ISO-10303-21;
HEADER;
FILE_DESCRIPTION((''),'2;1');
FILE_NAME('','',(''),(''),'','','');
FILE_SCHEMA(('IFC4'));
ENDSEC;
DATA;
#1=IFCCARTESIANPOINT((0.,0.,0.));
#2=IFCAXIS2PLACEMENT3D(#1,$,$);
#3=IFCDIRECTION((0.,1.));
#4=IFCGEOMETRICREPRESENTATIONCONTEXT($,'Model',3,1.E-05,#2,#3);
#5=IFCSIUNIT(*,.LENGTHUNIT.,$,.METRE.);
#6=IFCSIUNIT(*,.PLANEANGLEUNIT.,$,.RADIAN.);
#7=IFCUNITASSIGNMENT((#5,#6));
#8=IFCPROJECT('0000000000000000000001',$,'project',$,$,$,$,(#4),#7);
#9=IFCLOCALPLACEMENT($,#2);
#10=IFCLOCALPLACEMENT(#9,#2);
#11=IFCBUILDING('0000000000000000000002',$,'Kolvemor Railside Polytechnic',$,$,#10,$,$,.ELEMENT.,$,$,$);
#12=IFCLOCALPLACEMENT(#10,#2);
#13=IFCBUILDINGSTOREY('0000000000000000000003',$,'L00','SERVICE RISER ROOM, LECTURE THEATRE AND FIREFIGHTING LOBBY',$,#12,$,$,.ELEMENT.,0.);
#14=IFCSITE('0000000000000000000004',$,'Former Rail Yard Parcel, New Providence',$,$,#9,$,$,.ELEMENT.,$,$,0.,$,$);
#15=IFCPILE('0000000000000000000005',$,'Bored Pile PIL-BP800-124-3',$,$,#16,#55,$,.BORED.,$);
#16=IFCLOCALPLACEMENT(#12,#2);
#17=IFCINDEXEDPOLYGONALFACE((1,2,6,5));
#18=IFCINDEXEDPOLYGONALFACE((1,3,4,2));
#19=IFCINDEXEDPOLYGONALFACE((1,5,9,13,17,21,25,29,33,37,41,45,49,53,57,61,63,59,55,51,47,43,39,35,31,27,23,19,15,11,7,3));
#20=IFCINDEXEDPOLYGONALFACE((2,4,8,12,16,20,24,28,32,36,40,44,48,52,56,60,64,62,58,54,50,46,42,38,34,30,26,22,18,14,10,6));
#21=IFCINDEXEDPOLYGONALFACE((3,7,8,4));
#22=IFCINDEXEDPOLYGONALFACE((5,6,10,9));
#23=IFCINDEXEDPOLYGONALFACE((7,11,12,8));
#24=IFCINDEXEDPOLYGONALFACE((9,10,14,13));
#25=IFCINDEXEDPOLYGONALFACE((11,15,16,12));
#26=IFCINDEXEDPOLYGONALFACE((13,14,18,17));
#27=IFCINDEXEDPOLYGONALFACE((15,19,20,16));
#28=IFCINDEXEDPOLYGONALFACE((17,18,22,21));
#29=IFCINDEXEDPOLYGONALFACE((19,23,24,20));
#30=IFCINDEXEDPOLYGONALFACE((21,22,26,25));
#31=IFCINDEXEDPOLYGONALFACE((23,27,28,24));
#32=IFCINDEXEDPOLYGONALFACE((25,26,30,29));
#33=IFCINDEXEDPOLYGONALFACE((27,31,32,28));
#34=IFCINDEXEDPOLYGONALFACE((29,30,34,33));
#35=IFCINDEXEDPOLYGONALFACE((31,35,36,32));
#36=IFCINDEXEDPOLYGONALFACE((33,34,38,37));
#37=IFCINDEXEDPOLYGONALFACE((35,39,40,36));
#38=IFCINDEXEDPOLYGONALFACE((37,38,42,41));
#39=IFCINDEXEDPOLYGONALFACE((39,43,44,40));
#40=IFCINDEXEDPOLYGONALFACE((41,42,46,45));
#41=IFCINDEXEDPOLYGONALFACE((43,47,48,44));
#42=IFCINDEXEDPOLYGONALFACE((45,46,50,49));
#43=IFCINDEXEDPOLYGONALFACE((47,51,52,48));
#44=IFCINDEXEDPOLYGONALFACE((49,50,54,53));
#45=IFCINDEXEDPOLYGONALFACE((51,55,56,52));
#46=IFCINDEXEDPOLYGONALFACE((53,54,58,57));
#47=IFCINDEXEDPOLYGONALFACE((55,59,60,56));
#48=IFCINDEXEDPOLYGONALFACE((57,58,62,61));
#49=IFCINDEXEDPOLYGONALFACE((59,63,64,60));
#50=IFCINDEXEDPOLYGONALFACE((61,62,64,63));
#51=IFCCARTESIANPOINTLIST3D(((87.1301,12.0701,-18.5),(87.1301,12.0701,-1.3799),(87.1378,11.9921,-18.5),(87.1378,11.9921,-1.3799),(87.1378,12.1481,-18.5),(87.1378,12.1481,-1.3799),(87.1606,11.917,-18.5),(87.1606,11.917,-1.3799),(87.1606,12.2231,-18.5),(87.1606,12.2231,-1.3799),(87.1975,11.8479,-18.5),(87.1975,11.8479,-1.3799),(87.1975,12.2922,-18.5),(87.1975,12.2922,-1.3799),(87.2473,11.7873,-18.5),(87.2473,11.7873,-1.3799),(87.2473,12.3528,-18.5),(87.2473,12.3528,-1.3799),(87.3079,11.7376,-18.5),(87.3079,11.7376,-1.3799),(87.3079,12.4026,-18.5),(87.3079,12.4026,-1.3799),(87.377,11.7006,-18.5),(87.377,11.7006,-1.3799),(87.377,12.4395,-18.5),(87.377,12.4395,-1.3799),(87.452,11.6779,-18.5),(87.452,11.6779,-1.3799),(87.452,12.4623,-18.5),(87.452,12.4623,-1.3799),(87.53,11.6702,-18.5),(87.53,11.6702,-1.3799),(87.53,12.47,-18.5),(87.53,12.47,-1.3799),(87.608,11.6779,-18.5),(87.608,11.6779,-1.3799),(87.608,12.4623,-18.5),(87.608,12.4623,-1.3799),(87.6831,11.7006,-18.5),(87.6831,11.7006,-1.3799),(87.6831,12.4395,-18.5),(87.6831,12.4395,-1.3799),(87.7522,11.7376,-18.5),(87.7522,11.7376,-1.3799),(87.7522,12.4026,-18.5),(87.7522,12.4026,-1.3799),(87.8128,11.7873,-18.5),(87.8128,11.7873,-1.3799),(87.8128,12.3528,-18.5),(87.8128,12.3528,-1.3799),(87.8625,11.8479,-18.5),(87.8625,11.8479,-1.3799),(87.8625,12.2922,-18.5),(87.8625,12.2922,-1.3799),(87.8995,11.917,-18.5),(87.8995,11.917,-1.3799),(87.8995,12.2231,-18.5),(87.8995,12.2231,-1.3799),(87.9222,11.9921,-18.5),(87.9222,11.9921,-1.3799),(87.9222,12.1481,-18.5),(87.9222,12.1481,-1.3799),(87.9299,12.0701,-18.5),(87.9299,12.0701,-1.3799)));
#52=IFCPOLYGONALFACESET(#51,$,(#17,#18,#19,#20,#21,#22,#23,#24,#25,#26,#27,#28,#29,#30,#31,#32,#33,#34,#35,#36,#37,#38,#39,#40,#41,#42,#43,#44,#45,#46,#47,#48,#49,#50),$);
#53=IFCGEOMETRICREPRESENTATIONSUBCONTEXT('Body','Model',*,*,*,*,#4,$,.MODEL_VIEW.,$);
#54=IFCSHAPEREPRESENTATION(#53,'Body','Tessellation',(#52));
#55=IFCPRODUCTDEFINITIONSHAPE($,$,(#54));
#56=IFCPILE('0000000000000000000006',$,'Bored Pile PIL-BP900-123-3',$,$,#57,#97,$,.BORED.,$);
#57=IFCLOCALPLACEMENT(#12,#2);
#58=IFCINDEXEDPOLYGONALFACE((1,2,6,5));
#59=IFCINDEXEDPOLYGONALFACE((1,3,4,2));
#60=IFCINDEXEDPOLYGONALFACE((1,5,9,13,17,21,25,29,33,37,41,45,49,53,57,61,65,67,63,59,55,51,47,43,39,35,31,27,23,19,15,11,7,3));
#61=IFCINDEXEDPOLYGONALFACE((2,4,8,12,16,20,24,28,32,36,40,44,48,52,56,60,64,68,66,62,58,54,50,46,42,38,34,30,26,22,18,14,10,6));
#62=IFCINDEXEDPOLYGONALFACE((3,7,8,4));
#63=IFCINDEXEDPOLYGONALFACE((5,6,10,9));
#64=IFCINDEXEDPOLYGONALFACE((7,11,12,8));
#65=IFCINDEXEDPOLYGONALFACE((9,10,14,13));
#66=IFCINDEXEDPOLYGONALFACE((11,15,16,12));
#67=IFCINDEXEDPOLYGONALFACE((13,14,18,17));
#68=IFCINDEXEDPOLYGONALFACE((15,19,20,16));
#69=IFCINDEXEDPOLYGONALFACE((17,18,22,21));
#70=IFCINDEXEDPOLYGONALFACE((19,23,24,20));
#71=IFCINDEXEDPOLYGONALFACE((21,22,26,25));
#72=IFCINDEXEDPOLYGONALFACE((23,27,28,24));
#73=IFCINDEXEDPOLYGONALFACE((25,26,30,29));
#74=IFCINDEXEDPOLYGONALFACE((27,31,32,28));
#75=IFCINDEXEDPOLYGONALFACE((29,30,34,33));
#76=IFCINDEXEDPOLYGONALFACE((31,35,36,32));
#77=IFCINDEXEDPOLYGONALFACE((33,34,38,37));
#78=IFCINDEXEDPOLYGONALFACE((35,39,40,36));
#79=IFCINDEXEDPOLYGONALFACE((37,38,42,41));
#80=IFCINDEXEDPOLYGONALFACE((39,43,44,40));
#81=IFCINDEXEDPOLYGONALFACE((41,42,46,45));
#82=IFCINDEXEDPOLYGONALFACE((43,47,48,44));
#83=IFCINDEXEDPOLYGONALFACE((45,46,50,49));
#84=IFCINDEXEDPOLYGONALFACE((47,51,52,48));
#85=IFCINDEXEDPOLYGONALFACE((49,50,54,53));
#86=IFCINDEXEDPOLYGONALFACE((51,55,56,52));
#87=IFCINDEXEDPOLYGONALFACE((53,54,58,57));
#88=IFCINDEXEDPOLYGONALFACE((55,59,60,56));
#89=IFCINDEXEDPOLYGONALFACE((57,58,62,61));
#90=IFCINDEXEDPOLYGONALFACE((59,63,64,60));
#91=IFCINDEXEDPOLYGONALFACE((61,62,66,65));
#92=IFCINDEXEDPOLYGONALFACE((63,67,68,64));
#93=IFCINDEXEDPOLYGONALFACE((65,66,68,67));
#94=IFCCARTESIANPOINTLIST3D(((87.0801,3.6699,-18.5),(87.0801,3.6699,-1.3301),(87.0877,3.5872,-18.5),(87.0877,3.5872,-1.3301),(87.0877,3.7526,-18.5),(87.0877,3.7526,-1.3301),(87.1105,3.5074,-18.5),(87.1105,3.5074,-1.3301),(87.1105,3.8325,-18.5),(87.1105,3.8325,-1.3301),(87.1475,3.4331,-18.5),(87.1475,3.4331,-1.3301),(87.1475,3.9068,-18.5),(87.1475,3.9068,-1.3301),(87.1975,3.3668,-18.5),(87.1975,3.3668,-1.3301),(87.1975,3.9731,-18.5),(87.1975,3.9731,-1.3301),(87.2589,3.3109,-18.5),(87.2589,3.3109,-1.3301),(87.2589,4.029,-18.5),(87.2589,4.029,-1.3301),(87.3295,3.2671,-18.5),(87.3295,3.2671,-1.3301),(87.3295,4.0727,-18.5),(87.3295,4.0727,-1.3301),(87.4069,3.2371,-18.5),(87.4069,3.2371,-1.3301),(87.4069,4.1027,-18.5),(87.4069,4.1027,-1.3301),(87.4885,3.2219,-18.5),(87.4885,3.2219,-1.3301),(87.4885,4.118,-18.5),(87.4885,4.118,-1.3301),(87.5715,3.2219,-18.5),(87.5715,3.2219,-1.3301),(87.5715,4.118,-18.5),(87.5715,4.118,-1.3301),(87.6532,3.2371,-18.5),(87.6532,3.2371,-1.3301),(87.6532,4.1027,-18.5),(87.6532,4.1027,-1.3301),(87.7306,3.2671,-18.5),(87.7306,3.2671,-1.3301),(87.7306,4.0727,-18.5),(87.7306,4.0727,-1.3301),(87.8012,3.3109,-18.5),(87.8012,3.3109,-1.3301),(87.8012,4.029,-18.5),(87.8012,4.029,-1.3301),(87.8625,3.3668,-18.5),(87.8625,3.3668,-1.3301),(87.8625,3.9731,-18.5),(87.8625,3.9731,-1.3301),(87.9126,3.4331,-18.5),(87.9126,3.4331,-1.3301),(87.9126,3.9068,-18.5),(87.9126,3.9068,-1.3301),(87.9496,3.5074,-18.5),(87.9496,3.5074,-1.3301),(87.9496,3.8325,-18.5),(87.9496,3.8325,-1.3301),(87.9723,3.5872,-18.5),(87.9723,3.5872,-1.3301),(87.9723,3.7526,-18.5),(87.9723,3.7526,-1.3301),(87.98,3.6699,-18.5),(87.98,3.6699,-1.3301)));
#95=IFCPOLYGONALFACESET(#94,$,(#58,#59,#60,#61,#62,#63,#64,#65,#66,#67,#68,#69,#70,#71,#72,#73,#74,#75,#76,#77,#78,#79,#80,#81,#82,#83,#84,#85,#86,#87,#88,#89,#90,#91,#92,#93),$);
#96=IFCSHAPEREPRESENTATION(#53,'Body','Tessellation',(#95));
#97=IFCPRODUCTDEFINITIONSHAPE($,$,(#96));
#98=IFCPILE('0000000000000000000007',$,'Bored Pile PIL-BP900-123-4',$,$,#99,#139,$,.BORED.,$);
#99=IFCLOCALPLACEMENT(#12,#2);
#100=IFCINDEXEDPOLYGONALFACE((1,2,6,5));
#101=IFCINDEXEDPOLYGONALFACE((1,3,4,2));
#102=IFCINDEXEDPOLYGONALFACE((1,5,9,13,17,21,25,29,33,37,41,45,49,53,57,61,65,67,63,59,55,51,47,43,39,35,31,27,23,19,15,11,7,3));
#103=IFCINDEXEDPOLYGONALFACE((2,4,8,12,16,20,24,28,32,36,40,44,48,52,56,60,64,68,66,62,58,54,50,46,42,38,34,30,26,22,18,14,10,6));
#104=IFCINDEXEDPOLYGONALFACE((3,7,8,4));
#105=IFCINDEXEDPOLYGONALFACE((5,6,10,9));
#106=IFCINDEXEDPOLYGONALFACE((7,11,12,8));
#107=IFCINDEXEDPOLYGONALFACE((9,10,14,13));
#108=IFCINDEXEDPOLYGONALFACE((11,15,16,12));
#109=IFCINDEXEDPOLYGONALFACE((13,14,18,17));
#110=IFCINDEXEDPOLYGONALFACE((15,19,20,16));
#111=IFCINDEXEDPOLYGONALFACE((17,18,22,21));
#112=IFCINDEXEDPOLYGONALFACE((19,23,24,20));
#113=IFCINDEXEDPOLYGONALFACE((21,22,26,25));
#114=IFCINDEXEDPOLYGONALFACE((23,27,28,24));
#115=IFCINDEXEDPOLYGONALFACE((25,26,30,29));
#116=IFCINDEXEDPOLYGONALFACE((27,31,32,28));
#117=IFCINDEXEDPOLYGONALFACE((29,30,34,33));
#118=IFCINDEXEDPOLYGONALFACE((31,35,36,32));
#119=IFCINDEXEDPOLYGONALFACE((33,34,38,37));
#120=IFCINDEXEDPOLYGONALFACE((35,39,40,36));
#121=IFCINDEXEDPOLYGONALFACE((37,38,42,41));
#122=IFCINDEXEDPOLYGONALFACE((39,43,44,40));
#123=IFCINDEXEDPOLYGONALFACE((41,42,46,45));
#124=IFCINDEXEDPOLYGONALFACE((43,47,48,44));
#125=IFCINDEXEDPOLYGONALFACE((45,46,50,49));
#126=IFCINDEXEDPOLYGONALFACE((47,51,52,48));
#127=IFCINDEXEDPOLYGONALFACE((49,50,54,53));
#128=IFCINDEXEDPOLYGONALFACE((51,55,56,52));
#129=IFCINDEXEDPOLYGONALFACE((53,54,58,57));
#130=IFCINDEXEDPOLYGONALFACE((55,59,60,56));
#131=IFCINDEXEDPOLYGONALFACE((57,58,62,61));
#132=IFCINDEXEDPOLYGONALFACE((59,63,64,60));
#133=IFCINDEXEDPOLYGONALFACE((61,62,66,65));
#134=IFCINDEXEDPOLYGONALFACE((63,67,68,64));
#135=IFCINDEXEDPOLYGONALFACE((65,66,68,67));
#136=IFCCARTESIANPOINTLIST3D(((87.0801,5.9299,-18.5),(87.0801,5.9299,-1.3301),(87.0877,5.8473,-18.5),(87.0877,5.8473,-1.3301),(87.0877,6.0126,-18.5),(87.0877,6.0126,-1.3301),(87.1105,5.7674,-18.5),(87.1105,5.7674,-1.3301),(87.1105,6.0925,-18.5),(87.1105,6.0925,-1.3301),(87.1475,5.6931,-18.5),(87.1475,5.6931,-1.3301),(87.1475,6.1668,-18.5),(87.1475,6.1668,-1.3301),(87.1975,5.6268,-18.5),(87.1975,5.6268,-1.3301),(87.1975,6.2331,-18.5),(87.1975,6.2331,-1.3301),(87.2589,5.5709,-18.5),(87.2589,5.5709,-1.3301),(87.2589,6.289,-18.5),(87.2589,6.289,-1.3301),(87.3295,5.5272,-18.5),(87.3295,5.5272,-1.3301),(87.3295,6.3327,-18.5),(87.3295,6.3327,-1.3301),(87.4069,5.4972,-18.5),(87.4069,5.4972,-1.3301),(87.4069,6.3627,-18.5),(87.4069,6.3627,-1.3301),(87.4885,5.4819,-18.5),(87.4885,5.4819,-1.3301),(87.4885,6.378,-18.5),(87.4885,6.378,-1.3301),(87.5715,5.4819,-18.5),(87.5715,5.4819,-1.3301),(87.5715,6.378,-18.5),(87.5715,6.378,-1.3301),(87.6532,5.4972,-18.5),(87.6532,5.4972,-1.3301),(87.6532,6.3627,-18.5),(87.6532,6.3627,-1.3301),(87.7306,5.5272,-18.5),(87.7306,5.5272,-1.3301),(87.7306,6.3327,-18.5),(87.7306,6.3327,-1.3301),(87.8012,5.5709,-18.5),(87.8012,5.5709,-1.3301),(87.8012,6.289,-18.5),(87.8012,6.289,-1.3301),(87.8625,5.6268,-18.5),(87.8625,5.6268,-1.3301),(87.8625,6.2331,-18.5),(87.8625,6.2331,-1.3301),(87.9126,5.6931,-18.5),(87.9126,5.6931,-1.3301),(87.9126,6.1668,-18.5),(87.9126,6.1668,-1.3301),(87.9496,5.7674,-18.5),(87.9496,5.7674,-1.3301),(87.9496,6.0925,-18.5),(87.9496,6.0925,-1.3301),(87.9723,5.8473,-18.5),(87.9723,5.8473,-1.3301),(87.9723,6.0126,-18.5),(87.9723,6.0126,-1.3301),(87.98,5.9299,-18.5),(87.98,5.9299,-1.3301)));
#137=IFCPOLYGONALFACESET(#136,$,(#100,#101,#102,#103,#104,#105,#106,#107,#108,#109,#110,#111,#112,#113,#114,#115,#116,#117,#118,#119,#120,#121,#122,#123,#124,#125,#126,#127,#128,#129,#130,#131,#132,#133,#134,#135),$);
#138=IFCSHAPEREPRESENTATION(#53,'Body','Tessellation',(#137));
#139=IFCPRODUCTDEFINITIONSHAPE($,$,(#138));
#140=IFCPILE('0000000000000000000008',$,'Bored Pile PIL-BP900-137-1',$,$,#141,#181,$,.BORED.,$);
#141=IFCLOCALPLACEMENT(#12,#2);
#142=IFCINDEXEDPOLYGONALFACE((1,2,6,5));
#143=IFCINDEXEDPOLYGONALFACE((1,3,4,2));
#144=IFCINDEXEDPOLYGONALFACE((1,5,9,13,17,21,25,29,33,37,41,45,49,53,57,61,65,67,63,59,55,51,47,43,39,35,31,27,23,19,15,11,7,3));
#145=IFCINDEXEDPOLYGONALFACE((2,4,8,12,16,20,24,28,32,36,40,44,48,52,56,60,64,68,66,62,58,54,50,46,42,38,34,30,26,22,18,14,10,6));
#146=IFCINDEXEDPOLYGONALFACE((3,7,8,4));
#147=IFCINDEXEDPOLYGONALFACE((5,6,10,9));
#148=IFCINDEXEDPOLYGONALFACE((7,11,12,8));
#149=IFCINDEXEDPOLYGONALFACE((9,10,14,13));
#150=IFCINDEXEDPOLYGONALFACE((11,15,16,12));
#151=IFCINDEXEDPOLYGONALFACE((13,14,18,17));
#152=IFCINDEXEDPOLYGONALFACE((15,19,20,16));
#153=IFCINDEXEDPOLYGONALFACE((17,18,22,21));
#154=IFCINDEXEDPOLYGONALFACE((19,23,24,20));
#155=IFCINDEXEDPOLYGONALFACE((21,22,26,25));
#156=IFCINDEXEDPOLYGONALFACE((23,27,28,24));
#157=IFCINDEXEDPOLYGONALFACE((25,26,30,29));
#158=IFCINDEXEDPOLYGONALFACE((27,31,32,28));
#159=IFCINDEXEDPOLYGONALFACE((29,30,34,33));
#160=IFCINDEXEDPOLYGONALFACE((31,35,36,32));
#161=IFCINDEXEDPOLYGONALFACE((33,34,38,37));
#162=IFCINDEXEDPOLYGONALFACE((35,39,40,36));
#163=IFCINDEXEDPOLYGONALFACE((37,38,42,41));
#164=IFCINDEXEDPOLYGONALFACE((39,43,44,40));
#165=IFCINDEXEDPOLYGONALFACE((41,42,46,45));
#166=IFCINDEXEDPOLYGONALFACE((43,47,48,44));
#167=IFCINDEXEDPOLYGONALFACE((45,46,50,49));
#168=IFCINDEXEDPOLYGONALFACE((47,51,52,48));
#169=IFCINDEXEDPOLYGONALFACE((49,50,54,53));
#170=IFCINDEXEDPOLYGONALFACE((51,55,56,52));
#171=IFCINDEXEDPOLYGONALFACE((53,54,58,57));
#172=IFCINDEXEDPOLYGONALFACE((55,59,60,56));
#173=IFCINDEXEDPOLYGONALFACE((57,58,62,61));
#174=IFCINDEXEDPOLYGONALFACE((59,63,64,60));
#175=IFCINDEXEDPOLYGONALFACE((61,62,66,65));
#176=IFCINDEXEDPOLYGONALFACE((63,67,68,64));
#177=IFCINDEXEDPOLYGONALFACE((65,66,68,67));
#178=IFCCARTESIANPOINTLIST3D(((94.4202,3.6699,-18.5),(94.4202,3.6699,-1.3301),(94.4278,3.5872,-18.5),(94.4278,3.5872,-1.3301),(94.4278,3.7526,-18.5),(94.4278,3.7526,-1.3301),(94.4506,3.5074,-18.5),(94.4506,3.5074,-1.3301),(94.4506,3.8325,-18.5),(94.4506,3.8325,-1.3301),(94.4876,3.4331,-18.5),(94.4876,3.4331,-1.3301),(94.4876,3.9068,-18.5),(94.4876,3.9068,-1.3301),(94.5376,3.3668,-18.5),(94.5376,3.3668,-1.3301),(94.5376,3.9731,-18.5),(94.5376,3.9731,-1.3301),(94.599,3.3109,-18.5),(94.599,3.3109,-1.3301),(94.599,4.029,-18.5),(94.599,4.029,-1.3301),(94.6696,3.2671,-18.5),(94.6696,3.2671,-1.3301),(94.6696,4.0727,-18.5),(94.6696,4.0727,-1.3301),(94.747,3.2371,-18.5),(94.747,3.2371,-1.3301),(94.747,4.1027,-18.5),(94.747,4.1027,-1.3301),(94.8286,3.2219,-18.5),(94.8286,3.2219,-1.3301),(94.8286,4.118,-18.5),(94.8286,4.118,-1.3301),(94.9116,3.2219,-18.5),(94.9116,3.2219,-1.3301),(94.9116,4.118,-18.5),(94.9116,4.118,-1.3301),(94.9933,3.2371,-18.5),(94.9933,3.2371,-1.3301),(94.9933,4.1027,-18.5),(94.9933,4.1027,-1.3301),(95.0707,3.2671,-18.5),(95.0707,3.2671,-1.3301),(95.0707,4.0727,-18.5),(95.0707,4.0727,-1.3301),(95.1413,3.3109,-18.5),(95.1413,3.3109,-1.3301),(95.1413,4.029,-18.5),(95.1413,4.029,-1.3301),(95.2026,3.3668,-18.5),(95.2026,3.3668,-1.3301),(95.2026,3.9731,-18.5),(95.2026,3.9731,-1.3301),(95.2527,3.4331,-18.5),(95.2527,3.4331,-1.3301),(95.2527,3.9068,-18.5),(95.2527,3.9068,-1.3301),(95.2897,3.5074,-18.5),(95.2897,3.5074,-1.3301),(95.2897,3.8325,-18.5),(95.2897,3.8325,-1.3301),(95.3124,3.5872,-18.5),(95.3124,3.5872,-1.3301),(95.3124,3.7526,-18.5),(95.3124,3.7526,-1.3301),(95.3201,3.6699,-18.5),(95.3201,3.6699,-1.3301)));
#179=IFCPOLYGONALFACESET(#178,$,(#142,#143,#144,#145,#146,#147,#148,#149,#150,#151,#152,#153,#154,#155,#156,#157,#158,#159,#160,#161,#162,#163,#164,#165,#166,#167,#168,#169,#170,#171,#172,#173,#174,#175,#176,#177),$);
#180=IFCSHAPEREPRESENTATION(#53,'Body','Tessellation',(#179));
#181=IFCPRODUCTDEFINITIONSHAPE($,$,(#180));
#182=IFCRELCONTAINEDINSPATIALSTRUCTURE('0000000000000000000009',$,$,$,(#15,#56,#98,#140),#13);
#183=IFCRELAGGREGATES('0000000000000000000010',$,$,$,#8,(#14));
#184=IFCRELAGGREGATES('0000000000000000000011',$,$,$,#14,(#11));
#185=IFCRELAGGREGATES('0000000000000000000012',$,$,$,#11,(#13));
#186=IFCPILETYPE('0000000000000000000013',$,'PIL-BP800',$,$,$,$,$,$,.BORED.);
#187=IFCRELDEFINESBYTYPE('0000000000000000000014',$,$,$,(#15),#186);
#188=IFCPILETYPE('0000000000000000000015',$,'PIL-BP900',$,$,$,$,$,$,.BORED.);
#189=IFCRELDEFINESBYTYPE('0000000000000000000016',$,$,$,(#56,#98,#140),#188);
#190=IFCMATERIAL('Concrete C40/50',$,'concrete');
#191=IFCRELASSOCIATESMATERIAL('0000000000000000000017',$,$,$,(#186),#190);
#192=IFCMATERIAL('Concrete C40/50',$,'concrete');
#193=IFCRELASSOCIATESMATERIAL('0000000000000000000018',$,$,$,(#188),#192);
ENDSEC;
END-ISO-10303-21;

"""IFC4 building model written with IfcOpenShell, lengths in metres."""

from ifc_helpers import new_model, si_unit, direction, frame, origin, origin_2d, place, context, subcontext, project, spatial, circle, extrude, material, material_profile, profile_set, type_object, element, save


model = new_model("IFC4")

# Units and contexts
model_context = context("Model", 3, precision=1e-05, world=origin(), true_north=direction((0.0, 1.0)))
body_context = subcontext(model_context, "Body", "Model", "MODEL_VIEW")
ifc_project = project(units=[si_unit("LENGTHUNIT", "METRE"), si_unit("PLANEANGLEUNIT", "RADIAN")], contexts=[model_context])

# Site, building, storey
site_placement = place(None, origin())
site = spatial("IfcSite", under=ifc_project, at=site_placement, Name="Former Rail Yard Parcel, New Providence", CompositionType="ELEMENT", RefElevation=0.0)
building_placement = place(site_placement, origin())
building = spatial("IfcBuilding", under=site, at=building_placement, Name="Kolvemor Railside Polytechnic", CompositionType="ELEMENT")
storey_placement = place(building_placement, origin())
storey = spatial("IfcBuildingStorey", under=building, at=storey_placement, Name="L00", Description="SERVICE RISER ROOM, LECTURE THEATRE AND FIREFIGHTING LOBBY", CompositionType="ELEMENT", Elevation=0.0)

# Piles
ifc_material_1 = material(Name="Concrete C40/50", Category="concrete")
ifc_material_profile_1 = material_profile(ifc_material_1, circle(Radius=0.3999, at=origin_2d()), Name="BP800")
ifc_profile_set_1 = profile_set([ifc_material_profile_1], Name="Concrete C40/50")
pile_type_1 = type_object("IfcPileType", Name="PIL-BP800", PredefinedType="BORED", material=ifc_profile_set_1)
pile_placement = place(storey_placement, frame((87.53, 12.0701, -1.3799), z_axis=(0.0, 0.0, -1.0), x_axis=(1.0, 0.0, 0.0)))
element("IfcPile", 1, at=pile_placement, inside=storey, type_object=pile_type_1, Name="Bored Pile PIL-BP800-124-3", PredefinedType="BORED", context=body_context, shape_type="SweptSolid", body=[
    extrude(circle(Radius=0.3999, at=origin_2d()), origin(), (0.0, 0.0, 1.0), 17.1201),
])
ifc_material_2 = material(Name="Concrete C40/50", Category="concrete")
ifc_material_profile_2 = material_profile(ifc_material_2, circle(Radius=0.45, at=origin_2d()), Name="BP900")
ifc_profile_set_2 = profile_set([ifc_material_profile_2], Name="Concrete C40/50")
pile_type_2 = type_object("IfcPileType", Name="PIL-BP900", PredefinedType="BORED", material=ifc_profile_set_2)
for number, where, z_axis, x_axis, name in (
    (2, (87.53, 3.6699, -1.3301), (0.0, 0.0, -1.0), (1.0, 0.0, 0.0), "Bored Pile PIL-BP900-123-3"),
    (3, (87.53, 5.9299, -1.3301), (0.0, 0.0, -1.0), (1.0, 0.0, 0.0), "Bored Pile PIL-BP900-123-4"),
    (4, (94.8701, 3.6699, -1.3301), (0.0, 0.0, -1.0), (1.0, 0.0, 0.0), "Bored Pile PIL-BP900-137-1"),
):
    element("IfcPile", number, at=place(storey_placement, frame(where, z_axis=z_axis, x_axis=x_axis)), inside=storey, type_object=pile_type_2, Name=name, PredefinedType="BORED", context=body_context, shape_type="SweptSolid", body=[
        extrude(circle(Radius=0.45, at=origin_2d()), origin(), (0.0, 0.0, 1.0), 17.1699),
    ])

save(model, "model.ifc")
